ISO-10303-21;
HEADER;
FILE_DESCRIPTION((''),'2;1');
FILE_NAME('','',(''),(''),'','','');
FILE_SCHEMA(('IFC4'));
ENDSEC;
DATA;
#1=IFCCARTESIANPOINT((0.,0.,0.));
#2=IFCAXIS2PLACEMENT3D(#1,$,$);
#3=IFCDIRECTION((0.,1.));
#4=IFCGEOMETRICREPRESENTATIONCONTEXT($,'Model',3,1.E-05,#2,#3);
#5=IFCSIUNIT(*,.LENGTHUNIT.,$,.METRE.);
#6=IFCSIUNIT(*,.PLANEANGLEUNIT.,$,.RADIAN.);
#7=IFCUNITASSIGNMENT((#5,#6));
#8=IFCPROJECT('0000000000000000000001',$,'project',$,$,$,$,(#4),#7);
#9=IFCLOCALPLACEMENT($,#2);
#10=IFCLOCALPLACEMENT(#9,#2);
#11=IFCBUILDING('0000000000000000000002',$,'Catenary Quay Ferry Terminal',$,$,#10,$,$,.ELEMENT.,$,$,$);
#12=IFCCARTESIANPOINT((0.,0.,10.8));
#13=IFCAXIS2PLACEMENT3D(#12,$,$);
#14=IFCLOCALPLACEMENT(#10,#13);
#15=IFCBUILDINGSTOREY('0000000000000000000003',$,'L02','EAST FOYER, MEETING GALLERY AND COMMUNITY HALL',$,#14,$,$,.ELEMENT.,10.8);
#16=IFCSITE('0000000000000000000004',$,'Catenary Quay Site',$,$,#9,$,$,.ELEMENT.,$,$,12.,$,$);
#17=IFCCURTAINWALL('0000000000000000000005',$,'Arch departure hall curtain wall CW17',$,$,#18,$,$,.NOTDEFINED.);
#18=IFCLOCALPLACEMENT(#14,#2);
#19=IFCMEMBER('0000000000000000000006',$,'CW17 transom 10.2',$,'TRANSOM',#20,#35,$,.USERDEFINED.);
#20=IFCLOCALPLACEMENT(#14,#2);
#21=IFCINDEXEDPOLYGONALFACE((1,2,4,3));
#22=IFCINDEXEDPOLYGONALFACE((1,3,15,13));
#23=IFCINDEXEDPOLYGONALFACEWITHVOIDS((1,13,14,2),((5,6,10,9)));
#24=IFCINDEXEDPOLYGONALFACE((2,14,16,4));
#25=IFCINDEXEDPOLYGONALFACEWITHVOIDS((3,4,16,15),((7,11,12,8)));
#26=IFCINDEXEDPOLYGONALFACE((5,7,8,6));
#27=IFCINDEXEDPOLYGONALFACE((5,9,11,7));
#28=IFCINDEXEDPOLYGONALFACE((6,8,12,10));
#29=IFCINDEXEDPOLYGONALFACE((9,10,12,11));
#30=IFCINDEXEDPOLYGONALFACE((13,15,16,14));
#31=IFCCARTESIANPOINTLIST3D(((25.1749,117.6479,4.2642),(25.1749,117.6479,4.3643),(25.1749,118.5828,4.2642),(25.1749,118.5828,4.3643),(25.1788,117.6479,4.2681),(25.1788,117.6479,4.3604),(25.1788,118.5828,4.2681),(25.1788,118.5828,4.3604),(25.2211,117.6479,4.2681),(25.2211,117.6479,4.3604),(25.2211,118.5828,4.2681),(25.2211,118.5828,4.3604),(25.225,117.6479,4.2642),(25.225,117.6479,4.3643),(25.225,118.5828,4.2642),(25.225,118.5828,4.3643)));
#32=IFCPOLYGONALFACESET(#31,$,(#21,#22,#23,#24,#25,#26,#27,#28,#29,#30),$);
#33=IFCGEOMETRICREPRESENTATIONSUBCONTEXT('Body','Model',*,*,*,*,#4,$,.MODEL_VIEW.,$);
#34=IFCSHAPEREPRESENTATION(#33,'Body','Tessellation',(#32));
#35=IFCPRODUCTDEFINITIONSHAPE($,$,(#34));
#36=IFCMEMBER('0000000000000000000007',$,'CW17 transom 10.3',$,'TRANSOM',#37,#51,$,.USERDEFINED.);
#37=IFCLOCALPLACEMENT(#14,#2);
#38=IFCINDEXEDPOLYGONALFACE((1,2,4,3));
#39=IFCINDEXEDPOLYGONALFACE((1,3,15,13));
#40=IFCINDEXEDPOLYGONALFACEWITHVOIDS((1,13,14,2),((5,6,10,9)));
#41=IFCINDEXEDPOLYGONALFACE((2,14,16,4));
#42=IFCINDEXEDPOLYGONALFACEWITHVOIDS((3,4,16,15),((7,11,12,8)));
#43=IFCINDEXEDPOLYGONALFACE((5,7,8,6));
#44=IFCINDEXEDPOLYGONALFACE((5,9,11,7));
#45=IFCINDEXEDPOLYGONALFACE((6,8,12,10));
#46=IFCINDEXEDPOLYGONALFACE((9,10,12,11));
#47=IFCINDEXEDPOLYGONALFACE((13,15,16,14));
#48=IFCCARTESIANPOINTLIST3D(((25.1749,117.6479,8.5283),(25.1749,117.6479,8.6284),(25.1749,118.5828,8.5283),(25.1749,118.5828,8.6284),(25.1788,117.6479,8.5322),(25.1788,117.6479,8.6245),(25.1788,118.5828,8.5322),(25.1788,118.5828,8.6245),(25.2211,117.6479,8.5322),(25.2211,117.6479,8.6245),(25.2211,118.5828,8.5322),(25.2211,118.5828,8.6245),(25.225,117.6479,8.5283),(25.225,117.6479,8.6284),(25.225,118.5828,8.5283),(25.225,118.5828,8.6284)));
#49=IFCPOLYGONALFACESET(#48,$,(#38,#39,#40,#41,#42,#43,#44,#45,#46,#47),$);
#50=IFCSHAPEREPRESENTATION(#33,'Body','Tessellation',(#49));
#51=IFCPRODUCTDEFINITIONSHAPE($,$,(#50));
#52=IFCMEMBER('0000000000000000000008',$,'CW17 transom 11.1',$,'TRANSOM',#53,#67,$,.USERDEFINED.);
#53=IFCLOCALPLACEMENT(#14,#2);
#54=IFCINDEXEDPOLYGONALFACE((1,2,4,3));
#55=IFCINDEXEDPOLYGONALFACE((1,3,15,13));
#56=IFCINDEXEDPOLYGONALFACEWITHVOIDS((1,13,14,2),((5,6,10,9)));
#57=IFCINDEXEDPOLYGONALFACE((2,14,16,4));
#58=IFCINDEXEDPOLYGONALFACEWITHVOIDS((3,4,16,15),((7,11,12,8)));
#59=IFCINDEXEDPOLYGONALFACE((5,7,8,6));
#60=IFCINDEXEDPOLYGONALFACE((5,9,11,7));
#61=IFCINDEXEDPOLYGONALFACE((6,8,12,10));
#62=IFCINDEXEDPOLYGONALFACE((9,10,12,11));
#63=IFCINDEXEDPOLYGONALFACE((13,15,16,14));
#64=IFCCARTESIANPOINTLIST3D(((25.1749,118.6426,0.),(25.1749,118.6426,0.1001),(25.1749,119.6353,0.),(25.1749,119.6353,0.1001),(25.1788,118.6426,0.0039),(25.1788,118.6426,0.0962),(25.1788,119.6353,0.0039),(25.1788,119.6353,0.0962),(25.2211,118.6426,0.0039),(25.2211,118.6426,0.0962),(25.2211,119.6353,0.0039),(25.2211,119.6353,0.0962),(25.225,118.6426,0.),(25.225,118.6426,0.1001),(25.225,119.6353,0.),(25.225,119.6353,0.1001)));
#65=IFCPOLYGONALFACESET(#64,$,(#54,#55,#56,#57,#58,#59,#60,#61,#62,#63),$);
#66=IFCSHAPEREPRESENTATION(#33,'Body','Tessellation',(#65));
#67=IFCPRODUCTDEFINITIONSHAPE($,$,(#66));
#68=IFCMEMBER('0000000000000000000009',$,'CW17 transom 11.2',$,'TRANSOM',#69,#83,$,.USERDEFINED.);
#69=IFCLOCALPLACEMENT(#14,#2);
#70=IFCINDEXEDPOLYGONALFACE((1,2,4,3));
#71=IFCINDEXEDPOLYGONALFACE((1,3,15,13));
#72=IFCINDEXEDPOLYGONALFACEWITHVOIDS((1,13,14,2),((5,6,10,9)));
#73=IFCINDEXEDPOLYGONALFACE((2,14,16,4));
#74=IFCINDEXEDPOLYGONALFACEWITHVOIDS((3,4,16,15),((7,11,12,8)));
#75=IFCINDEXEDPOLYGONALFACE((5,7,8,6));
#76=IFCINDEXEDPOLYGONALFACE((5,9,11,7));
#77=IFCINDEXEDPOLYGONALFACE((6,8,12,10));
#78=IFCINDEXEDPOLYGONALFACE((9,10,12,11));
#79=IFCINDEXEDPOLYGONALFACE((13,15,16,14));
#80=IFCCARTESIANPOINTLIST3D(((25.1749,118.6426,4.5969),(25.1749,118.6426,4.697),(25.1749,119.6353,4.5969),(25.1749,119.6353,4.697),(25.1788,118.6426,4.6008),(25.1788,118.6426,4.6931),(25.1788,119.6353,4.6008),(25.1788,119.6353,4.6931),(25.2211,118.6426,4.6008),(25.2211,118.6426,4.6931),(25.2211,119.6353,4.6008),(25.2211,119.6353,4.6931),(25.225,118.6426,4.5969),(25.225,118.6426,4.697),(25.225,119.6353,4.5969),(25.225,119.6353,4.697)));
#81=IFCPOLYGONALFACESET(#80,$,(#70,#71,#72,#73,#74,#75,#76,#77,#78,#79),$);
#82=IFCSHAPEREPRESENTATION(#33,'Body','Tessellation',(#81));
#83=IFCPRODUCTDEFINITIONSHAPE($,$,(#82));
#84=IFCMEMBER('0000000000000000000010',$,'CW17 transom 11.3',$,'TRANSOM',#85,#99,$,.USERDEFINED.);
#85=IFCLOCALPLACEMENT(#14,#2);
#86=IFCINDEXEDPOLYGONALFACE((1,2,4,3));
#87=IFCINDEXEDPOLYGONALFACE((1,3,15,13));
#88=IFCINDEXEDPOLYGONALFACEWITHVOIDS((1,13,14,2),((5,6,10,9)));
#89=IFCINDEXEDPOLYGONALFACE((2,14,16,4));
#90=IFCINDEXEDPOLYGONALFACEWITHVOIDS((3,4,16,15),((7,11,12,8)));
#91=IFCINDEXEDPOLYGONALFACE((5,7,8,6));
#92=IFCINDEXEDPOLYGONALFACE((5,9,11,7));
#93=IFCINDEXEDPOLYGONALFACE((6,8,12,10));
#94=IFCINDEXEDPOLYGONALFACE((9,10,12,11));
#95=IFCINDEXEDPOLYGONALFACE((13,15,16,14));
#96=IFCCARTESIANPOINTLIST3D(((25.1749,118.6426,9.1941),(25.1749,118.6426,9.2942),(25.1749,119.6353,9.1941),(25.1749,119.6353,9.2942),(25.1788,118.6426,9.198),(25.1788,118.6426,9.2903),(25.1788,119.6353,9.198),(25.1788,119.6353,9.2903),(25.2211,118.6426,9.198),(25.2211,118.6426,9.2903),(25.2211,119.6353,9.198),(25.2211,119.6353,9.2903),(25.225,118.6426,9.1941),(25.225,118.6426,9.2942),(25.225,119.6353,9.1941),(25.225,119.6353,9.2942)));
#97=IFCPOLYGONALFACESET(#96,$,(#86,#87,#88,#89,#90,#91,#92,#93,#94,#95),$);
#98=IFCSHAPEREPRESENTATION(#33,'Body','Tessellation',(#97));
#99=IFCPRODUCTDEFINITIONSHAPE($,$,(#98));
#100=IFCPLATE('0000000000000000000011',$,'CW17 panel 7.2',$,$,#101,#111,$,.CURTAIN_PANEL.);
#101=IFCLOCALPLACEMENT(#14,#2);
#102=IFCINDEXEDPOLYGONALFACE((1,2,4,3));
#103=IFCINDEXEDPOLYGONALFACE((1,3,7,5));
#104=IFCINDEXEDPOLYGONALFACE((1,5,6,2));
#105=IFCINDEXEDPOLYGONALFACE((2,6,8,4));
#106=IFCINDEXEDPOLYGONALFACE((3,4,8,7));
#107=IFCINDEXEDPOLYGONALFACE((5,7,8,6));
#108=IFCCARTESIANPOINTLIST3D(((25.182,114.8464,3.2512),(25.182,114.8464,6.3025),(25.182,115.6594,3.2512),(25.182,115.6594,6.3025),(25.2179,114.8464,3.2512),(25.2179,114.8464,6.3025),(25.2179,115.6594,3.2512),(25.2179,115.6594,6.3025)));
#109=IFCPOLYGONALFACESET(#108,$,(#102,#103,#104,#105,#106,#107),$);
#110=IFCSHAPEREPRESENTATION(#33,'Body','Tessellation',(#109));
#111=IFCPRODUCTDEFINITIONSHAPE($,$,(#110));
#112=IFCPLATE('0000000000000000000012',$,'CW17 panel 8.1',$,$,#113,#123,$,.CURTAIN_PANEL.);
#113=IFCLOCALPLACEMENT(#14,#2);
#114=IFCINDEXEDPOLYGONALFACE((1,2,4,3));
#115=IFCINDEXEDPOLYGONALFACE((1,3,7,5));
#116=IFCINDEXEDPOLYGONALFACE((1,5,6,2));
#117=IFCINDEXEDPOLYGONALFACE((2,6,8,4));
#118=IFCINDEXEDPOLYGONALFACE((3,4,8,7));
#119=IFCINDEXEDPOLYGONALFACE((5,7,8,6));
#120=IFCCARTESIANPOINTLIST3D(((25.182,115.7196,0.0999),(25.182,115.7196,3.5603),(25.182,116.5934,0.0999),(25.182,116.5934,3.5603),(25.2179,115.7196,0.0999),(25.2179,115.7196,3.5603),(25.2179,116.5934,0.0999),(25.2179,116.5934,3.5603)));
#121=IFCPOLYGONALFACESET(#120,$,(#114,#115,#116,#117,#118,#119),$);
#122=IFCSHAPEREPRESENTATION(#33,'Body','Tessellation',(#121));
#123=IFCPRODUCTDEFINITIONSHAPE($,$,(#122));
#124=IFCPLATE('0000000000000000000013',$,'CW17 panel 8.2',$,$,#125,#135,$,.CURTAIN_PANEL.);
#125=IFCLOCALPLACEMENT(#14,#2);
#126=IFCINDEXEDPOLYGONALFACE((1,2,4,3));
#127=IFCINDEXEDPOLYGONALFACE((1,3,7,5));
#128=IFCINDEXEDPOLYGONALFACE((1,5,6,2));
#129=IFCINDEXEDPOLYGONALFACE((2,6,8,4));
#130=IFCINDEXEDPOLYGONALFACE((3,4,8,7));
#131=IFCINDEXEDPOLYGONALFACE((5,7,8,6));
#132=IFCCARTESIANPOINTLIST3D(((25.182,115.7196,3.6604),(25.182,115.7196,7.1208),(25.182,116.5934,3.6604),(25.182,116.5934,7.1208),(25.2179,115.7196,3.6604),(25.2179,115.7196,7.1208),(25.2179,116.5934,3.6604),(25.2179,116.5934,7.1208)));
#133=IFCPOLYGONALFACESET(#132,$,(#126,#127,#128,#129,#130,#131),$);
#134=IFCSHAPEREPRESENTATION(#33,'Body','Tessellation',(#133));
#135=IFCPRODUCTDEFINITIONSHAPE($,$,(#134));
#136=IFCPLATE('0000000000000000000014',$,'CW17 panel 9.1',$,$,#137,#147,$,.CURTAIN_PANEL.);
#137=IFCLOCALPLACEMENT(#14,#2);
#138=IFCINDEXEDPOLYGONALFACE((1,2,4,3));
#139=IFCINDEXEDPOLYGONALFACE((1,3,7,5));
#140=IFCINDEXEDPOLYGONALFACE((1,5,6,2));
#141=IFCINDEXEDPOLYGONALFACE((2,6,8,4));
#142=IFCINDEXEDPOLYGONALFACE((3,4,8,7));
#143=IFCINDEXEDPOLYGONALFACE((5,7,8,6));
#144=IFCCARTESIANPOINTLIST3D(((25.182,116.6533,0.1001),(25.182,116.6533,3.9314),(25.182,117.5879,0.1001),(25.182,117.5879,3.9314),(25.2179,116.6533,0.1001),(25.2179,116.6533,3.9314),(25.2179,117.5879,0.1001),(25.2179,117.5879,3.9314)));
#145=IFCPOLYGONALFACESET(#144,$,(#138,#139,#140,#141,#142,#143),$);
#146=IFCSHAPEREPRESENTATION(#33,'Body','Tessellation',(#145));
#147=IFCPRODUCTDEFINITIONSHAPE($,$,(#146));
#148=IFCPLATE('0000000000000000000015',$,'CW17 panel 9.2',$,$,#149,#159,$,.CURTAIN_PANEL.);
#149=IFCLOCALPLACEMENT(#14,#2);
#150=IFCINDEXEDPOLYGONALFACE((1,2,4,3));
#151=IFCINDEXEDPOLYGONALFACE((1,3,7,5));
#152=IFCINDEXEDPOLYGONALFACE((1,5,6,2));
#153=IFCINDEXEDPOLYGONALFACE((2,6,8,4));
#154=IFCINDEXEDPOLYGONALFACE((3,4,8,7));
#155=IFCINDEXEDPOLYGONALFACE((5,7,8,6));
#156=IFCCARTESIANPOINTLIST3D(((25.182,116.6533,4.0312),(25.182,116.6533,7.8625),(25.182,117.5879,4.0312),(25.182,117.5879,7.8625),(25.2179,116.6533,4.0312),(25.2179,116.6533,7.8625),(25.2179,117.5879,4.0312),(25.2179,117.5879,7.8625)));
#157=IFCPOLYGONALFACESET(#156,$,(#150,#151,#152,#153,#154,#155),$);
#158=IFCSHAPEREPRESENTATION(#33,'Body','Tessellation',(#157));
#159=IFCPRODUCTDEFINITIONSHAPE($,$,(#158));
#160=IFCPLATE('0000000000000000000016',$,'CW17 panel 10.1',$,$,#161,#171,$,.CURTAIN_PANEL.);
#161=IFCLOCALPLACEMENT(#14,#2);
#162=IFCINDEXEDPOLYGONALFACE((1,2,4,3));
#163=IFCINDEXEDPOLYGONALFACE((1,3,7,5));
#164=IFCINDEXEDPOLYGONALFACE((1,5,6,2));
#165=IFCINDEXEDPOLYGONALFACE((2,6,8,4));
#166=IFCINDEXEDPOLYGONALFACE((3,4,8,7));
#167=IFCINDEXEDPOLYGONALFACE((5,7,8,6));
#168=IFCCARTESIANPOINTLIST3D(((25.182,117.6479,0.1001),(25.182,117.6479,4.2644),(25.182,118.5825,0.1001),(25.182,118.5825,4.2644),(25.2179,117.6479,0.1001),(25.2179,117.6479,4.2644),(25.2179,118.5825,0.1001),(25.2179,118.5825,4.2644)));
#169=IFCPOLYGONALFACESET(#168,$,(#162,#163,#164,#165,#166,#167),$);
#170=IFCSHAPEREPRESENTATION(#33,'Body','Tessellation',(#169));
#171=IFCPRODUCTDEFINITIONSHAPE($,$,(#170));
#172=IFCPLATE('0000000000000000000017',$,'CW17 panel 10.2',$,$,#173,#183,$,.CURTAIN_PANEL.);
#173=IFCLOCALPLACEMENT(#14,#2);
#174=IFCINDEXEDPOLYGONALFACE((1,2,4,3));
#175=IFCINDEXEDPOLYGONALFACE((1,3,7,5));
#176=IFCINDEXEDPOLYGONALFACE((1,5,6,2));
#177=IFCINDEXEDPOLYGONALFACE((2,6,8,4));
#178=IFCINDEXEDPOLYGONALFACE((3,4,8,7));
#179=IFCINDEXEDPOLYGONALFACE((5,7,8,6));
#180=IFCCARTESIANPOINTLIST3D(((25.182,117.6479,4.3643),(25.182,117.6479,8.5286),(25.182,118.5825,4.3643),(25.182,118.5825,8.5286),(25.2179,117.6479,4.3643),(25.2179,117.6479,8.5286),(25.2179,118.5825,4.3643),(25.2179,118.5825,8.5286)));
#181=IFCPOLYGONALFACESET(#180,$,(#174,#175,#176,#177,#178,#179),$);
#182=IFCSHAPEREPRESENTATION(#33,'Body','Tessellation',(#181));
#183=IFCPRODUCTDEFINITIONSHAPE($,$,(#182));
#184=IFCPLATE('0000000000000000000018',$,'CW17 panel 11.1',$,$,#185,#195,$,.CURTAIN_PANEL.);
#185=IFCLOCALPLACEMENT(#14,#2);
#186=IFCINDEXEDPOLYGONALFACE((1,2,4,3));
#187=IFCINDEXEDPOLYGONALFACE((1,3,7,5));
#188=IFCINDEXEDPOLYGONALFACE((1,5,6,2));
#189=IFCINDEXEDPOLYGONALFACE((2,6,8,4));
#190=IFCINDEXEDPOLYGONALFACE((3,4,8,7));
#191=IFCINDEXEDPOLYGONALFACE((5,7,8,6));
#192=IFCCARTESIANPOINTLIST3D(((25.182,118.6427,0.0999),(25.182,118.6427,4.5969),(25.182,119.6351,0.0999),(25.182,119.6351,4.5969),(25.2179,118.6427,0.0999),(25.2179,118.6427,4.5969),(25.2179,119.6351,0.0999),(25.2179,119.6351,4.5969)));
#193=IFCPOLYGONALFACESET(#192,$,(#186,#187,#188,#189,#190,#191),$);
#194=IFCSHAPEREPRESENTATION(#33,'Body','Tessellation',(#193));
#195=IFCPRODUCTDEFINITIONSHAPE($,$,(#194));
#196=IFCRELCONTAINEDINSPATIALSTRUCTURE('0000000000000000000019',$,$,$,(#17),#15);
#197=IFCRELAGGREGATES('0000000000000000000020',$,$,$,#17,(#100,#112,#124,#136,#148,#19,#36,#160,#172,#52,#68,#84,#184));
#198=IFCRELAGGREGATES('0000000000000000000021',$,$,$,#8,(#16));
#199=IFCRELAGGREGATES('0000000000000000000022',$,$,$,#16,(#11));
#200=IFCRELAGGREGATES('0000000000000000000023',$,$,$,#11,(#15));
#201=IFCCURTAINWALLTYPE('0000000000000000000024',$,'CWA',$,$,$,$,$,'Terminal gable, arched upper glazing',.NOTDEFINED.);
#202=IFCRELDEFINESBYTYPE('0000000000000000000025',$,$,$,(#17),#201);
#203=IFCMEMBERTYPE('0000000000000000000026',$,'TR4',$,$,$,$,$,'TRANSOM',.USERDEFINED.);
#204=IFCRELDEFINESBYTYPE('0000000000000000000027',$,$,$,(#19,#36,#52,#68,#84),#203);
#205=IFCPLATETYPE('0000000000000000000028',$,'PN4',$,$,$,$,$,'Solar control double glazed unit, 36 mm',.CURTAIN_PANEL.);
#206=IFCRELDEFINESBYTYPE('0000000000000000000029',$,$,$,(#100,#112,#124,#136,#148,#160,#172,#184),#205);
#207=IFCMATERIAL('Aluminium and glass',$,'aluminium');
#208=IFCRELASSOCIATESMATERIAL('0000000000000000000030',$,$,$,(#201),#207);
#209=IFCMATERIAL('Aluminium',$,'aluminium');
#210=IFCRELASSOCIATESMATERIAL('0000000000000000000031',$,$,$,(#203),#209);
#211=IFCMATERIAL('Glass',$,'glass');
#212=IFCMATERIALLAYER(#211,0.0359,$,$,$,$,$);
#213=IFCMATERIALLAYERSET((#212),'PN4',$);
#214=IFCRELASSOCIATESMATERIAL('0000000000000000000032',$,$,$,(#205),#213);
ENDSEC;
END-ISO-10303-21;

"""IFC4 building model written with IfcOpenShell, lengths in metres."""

from ifc_helpers import new_model, si_unit, direction, frame, origin, origin_2d, place, context, subcontext, project, spatial, rectangle, hollow_rectangle, extrude, material, layer, layer_set, material_profile, profile_set, type_object, element, aggregate, save


model = new_model("IFC4")

# Units and contexts
model_context = context("Model", 3, precision=1e-05, world=origin(), true_north=direction((0.0, 1.0)))
body_context = subcontext(model_context, "Body", "Model", "MODEL_VIEW")
ifc_project = project(units=[si_unit("LENGTHUNIT", "METRE"), si_unit("PLANEANGLEUNIT", "RADIAN")], contexts=[model_context])

# Site, building, storey
site_placement = place(None, origin())
site = spatial("IfcSite", under=ifc_project, at=site_placement, Name="Catenary Quay Site", CompositionType="ELEMENT", RefElevation=12.0)
building_placement = place(site_placement, origin())
building = spatial("IfcBuilding", under=site, at=building_placement, Name="Catenary Quay Ferry Terminal", CompositionType="ELEMENT")
storey_placement = place(building_placement, frame((0.0, 0.0, 10.8)))
storey = spatial("IfcBuildingStorey", under=building, at=storey_placement, Name="L02", Description="EAST FOYER, MEETING GALLERY AND COMMUNITY HALL", CompositionType="ELEMENT", Elevation=10.8)

# Curtain wall, members, plates
ifc_material_1 = material(Name="Aluminium and glass", Category="aluminium")
curtain_wall_type = type_object("IfcCurtainWallType", Name="CWA", ElementType="Terminal gable, arched upper glazing", PredefinedType="NOTDEFINED", material=ifc_material_1)
curtain_wall_placement = place(storey_placement, origin())
curtain_wall = element("IfcCurtainWall", 1, at=curtain_wall_placement, inside=storey, type_object=curtain_wall_type, Name="Arch departure hall curtain wall CW17", PredefinedType="NOTDEFINED")
ifc_material_2 = material(Name="Aluminium", Category="aluminium")
ifc_material_profile_1 = material_profile(ifc_material_2, hollow_rectangle(XDim=0.05, YDim=0.1001, WallThickness=0.0039, at=origin_2d()), Name="TR4")
ifc_profile_set_1 = profile_set([ifc_material_profile_1], Name="Aluminium")
member_type_1 = type_object("IfcMemberType", Name="TR4", ElementType="TRANSOM", PredefinedType="USERDEFINED", material=ifc_profile_set_1)
member_1_placement = place(storey_placement, frame((25.2, 117.6479, 4.3142), z_axis=(0.0, 1.0, 0.0), x_axis=(-1.0, 0.0, 0.0)))
member_1 = element("IfcMember", 2, at=member_1_placement, type_object=member_type_1, Name="CW17 transom 10.2", ObjectType="TRANSOM", PredefinedType="USERDEFINED", context=body_context, shape_type="SweptSolid", body=[
    extrude(hollow_rectangle(XDim=0.05, YDim=0.1001, WallThickness=0.0039, at=origin_2d()), origin(), (0.0, 0.0, 1.0), 0.9348),
])
member_2_placement = place(storey_placement, frame((25.2, 117.6479, 8.5784), z_axis=(0.0, 1.0, 0.0), x_axis=(-1.0, 0.0, 0.0)))
member_2 = element("IfcMember", 3, at=member_2_placement, type_object=member_type_1, Name="CW17 transom 10.3", ObjectType="TRANSOM", PredefinedType="USERDEFINED", context=body_context, shape_type="SweptSolid", body=[
    extrude(hollow_rectangle(XDim=0.05, YDim=0.1001, WallThickness=0.0039, at=origin_2d()), origin(), (0.0, 0.0, 1.0), 0.9348),
])
member_3_placement = place(storey_placement, frame((25.2, 118.6426, 0.05), z_axis=(0.0, 1.0, 0.0), x_axis=(-1.0, 0.0, 0.0)))
member_3 = element("IfcMember", 4, at=member_3_placement, type_object=member_type_1, Name="CW17 transom 11.1", ObjectType="TRANSOM", PredefinedType="USERDEFINED", context=body_context, shape_type="SweptSolid", body=[
    extrude(hollow_rectangle(XDim=0.05, YDim=0.1001, WallThickness=0.0039, at=origin_2d()), origin(), (0.0, 0.0, 1.0), 0.9927),
])
member_4_placement = place(storey_placement, frame((25.2, 118.6426, 4.647), z_axis=(0.0, 1.0, 0.0), x_axis=(-1.0, 0.0, 0.0)))
member_4 = element("IfcMember", 5, at=member_4_placement, type_object=member_type_1, Name="CW17 transom 11.2", ObjectType="TRANSOM", PredefinedType="USERDEFINED", context=body_context, shape_type="SweptSolid", body=[
    extrude(hollow_rectangle(XDim=0.05, YDim=0.1001, WallThickness=0.0039, at=origin_2d()), origin(), (0.0, 0.0, 1.0), 0.9927),
])
member_5_placement = place(storey_placement, frame((25.2, 118.6426, 9.2441), z_axis=(0.0, 1.0, 0.0), x_axis=(-1.0, 0.0, 0.0)))
member_5 = element("IfcMember", 6, at=member_5_placement, type_object=member_type_1, Name="CW17 transom 11.3", ObjectType="TRANSOM", PredefinedType="USERDEFINED", context=body_context, shape_type="SweptSolid", body=[
    extrude(hollow_rectangle(XDim=0.05, YDim=0.1001, WallThickness=0.0039, at=origin_2d()), origin(), (0.0, 0.0, 1.0), 0.9927),
])
ifc_material_3 = material(Name="Glass", Category="glass")
ifc_layer_1 = layer(ifc_material_3, 0.0359)
ifc_layer_set_1 = layer_set([ifc_layer_1], Name="PN4")
plate_type_1 = type_object("IfcPlateType", Name="PN4", ElementType="Solar control double glazed unit, 36 mm", PredefinedType="CURTAIN_PANEL", material=ifc_layer_set_1)
plate_1_placement = place(storey_placement, frame((25.2, 115.2529, 3.2512), z_axis=(0.0, 0.0, 1.0), x_axis=(0.0, 1.0, 0.0)))
plate_1 = element("IfcPlate", 7, at=plate_1_placement, type_object=plate_type_1, Name="CW17 panel 7.2", PredefinedType="CURTAIN_PANEL", context=body_context, shape_type="SweptSolid", body=[
    extrude(rectangle(XDim=0.813, YDim=0.0359, at=origin_2d()), origin(), (0.0, 0.0, 1.0), 3.0513),
])
plate_2_placement = place(storey_placement, frame((25.2, 116.1565, 0.0999), z_axis=(0.0, 0.0, 1.0), x_axis=(0.0, 1.0, 0.0)))
plate_2 = element("IfcPlate", 8, at=plate_2_placement, type_object=plate_type_1, Name="CW17 panel 8.1", PredefinedType="CURTAIN_PANEL", context=body_context, shape_type="SweptSolid", body=[
    extrude(rectangle(XDim=0.8738, YDim=0.0359, at=origin_2d()), origin(), (0.0, 0.0, 1.0), 3.4604),
])
plate_3_placement = place(storey_placement, frame((25.2, 116.1565, 3.6604), z_axis=(0.0, 0.0, 1.0), x_axis=(0.0, 1.0, 0.0)))
plate_3 = element("IfcPlate", 9, at=plate_3_placement, type_object=plate_type_1, Name="CW17 panel 8.2", PredefinedType="CURTAIN_PANEL", context=body_context, shape_type="SweptSolid", body=[
    extrude(rectangle(XDim=0.8738, YDim=0.0359, at=origin_2d()), origin(), (0.0, 0.0, 1.0), 3.4604),
])
plate_4_placement = place(storey_placement, frame((25.2, 117.1206, 0.1001), z_axis=(0.0, 0.0, 1.0), x_axis=(0.0, 1.0, 0.0)))
plate_4 = element("IfcPlate", 10, at=plate_4_placement, type_object=plate_type_1, Name="CW17 panel 9.1", PredefinedType="CURTAIN_PANEL", context=body_context, shape_type="SweptSolid", body=[
    extrude(rectangle(XDim=0.9346, YDim=0.0359, at=origin_2d()), origin(), (0.0, 0.0, 1.0), 3.8313),
])
plate_5_placement = place(storey_placement, frame((25.2, 117.1206, 4.0312), z_axis=(0.0, 0.0, 1.0), x_axis=(0.0, 1.0, 0.0)))
plate_5 = element("IfcPlate", 11, at=plate_5_placement, type_object=plate_type_1, Name="CW17 panel 9.2", PredefinedType="CURTAIN_PANEL", context=body_context, shape_type="SweptSolid", body=[
    extrude(rectangle(XDim=0.9346, YDim=0.0359, at=origin_2d()), origin(), (0.0, 0.0, 1.0), 3.8313),
])
plate_6_placement = place(storey_placement, frame((25.2, 118.1152, 0.1001), z_axis=(0.0, 0.0, 1.0), x_axis=(0.0, 1.0, 0.0)))
plate_6 = element("IfcPlate", 12, at=plate_6_placement, type_object=plate_type_1, Name="CW17 panel 10.1", PredefinedType="CURTAIN_PANEL", context=body_context, shape_type="SweptSolid", body=[
    extrude(rectangle(XDim=0.9346, YDim=0.0359, at=origin_2d()), origin(), (0.0, 0.0, 1.0), 4.1643),
])
plate_7_placement = place(storey_placement, frame((25.2, 118.1152, 4.3643), z_axis=(0.0, 0.0, 1.0), x_axis=(0.0, 1.0, 0.0)))
plate_7 = element("IfcPlate", 13, at=plate_7_placement, type_object=plate_type_1, Name="CW17 panel 10.2", PredefinedType="CURTAIN_PANEL", context=body_context, shape_type="SweptSolid", body=[
    extrude(rectangle(XDim=0.9346, YDim=0.0359, at=origin_2d()), origin(), (0.0, 0.0, 1.0), 4.1643),
])
plate_8_placement = place(storey_placement, frame((25.2, 119.1389, 0.0999), z_axis=(0.0, 0.0, 1.0), x_axis=(0.0, 1.0, 0.0)))
plate_8 = element("IfcPlate", 14, at=plate_8_placement, type_object=plate_type_1, Name="CW17 panel 11.1", PredefinedType="CURTAIN_PANEL", context=body_context, shape_type="SweptSolid", body=[
    extrude(rectangle(XDim=0.9924, YDim=0.0359, at=origin_2d()), origin(), (0.0, 0.0, 1.0), 4.4971),
])
aggregate(curtain_wall, [plate_1, plate_2, plate_3, plate_4, plate_5, member_1, member_2, plate_6, plate_7, member_3, member_4, member_5, plate_8])

save(model, "model.ifc")
